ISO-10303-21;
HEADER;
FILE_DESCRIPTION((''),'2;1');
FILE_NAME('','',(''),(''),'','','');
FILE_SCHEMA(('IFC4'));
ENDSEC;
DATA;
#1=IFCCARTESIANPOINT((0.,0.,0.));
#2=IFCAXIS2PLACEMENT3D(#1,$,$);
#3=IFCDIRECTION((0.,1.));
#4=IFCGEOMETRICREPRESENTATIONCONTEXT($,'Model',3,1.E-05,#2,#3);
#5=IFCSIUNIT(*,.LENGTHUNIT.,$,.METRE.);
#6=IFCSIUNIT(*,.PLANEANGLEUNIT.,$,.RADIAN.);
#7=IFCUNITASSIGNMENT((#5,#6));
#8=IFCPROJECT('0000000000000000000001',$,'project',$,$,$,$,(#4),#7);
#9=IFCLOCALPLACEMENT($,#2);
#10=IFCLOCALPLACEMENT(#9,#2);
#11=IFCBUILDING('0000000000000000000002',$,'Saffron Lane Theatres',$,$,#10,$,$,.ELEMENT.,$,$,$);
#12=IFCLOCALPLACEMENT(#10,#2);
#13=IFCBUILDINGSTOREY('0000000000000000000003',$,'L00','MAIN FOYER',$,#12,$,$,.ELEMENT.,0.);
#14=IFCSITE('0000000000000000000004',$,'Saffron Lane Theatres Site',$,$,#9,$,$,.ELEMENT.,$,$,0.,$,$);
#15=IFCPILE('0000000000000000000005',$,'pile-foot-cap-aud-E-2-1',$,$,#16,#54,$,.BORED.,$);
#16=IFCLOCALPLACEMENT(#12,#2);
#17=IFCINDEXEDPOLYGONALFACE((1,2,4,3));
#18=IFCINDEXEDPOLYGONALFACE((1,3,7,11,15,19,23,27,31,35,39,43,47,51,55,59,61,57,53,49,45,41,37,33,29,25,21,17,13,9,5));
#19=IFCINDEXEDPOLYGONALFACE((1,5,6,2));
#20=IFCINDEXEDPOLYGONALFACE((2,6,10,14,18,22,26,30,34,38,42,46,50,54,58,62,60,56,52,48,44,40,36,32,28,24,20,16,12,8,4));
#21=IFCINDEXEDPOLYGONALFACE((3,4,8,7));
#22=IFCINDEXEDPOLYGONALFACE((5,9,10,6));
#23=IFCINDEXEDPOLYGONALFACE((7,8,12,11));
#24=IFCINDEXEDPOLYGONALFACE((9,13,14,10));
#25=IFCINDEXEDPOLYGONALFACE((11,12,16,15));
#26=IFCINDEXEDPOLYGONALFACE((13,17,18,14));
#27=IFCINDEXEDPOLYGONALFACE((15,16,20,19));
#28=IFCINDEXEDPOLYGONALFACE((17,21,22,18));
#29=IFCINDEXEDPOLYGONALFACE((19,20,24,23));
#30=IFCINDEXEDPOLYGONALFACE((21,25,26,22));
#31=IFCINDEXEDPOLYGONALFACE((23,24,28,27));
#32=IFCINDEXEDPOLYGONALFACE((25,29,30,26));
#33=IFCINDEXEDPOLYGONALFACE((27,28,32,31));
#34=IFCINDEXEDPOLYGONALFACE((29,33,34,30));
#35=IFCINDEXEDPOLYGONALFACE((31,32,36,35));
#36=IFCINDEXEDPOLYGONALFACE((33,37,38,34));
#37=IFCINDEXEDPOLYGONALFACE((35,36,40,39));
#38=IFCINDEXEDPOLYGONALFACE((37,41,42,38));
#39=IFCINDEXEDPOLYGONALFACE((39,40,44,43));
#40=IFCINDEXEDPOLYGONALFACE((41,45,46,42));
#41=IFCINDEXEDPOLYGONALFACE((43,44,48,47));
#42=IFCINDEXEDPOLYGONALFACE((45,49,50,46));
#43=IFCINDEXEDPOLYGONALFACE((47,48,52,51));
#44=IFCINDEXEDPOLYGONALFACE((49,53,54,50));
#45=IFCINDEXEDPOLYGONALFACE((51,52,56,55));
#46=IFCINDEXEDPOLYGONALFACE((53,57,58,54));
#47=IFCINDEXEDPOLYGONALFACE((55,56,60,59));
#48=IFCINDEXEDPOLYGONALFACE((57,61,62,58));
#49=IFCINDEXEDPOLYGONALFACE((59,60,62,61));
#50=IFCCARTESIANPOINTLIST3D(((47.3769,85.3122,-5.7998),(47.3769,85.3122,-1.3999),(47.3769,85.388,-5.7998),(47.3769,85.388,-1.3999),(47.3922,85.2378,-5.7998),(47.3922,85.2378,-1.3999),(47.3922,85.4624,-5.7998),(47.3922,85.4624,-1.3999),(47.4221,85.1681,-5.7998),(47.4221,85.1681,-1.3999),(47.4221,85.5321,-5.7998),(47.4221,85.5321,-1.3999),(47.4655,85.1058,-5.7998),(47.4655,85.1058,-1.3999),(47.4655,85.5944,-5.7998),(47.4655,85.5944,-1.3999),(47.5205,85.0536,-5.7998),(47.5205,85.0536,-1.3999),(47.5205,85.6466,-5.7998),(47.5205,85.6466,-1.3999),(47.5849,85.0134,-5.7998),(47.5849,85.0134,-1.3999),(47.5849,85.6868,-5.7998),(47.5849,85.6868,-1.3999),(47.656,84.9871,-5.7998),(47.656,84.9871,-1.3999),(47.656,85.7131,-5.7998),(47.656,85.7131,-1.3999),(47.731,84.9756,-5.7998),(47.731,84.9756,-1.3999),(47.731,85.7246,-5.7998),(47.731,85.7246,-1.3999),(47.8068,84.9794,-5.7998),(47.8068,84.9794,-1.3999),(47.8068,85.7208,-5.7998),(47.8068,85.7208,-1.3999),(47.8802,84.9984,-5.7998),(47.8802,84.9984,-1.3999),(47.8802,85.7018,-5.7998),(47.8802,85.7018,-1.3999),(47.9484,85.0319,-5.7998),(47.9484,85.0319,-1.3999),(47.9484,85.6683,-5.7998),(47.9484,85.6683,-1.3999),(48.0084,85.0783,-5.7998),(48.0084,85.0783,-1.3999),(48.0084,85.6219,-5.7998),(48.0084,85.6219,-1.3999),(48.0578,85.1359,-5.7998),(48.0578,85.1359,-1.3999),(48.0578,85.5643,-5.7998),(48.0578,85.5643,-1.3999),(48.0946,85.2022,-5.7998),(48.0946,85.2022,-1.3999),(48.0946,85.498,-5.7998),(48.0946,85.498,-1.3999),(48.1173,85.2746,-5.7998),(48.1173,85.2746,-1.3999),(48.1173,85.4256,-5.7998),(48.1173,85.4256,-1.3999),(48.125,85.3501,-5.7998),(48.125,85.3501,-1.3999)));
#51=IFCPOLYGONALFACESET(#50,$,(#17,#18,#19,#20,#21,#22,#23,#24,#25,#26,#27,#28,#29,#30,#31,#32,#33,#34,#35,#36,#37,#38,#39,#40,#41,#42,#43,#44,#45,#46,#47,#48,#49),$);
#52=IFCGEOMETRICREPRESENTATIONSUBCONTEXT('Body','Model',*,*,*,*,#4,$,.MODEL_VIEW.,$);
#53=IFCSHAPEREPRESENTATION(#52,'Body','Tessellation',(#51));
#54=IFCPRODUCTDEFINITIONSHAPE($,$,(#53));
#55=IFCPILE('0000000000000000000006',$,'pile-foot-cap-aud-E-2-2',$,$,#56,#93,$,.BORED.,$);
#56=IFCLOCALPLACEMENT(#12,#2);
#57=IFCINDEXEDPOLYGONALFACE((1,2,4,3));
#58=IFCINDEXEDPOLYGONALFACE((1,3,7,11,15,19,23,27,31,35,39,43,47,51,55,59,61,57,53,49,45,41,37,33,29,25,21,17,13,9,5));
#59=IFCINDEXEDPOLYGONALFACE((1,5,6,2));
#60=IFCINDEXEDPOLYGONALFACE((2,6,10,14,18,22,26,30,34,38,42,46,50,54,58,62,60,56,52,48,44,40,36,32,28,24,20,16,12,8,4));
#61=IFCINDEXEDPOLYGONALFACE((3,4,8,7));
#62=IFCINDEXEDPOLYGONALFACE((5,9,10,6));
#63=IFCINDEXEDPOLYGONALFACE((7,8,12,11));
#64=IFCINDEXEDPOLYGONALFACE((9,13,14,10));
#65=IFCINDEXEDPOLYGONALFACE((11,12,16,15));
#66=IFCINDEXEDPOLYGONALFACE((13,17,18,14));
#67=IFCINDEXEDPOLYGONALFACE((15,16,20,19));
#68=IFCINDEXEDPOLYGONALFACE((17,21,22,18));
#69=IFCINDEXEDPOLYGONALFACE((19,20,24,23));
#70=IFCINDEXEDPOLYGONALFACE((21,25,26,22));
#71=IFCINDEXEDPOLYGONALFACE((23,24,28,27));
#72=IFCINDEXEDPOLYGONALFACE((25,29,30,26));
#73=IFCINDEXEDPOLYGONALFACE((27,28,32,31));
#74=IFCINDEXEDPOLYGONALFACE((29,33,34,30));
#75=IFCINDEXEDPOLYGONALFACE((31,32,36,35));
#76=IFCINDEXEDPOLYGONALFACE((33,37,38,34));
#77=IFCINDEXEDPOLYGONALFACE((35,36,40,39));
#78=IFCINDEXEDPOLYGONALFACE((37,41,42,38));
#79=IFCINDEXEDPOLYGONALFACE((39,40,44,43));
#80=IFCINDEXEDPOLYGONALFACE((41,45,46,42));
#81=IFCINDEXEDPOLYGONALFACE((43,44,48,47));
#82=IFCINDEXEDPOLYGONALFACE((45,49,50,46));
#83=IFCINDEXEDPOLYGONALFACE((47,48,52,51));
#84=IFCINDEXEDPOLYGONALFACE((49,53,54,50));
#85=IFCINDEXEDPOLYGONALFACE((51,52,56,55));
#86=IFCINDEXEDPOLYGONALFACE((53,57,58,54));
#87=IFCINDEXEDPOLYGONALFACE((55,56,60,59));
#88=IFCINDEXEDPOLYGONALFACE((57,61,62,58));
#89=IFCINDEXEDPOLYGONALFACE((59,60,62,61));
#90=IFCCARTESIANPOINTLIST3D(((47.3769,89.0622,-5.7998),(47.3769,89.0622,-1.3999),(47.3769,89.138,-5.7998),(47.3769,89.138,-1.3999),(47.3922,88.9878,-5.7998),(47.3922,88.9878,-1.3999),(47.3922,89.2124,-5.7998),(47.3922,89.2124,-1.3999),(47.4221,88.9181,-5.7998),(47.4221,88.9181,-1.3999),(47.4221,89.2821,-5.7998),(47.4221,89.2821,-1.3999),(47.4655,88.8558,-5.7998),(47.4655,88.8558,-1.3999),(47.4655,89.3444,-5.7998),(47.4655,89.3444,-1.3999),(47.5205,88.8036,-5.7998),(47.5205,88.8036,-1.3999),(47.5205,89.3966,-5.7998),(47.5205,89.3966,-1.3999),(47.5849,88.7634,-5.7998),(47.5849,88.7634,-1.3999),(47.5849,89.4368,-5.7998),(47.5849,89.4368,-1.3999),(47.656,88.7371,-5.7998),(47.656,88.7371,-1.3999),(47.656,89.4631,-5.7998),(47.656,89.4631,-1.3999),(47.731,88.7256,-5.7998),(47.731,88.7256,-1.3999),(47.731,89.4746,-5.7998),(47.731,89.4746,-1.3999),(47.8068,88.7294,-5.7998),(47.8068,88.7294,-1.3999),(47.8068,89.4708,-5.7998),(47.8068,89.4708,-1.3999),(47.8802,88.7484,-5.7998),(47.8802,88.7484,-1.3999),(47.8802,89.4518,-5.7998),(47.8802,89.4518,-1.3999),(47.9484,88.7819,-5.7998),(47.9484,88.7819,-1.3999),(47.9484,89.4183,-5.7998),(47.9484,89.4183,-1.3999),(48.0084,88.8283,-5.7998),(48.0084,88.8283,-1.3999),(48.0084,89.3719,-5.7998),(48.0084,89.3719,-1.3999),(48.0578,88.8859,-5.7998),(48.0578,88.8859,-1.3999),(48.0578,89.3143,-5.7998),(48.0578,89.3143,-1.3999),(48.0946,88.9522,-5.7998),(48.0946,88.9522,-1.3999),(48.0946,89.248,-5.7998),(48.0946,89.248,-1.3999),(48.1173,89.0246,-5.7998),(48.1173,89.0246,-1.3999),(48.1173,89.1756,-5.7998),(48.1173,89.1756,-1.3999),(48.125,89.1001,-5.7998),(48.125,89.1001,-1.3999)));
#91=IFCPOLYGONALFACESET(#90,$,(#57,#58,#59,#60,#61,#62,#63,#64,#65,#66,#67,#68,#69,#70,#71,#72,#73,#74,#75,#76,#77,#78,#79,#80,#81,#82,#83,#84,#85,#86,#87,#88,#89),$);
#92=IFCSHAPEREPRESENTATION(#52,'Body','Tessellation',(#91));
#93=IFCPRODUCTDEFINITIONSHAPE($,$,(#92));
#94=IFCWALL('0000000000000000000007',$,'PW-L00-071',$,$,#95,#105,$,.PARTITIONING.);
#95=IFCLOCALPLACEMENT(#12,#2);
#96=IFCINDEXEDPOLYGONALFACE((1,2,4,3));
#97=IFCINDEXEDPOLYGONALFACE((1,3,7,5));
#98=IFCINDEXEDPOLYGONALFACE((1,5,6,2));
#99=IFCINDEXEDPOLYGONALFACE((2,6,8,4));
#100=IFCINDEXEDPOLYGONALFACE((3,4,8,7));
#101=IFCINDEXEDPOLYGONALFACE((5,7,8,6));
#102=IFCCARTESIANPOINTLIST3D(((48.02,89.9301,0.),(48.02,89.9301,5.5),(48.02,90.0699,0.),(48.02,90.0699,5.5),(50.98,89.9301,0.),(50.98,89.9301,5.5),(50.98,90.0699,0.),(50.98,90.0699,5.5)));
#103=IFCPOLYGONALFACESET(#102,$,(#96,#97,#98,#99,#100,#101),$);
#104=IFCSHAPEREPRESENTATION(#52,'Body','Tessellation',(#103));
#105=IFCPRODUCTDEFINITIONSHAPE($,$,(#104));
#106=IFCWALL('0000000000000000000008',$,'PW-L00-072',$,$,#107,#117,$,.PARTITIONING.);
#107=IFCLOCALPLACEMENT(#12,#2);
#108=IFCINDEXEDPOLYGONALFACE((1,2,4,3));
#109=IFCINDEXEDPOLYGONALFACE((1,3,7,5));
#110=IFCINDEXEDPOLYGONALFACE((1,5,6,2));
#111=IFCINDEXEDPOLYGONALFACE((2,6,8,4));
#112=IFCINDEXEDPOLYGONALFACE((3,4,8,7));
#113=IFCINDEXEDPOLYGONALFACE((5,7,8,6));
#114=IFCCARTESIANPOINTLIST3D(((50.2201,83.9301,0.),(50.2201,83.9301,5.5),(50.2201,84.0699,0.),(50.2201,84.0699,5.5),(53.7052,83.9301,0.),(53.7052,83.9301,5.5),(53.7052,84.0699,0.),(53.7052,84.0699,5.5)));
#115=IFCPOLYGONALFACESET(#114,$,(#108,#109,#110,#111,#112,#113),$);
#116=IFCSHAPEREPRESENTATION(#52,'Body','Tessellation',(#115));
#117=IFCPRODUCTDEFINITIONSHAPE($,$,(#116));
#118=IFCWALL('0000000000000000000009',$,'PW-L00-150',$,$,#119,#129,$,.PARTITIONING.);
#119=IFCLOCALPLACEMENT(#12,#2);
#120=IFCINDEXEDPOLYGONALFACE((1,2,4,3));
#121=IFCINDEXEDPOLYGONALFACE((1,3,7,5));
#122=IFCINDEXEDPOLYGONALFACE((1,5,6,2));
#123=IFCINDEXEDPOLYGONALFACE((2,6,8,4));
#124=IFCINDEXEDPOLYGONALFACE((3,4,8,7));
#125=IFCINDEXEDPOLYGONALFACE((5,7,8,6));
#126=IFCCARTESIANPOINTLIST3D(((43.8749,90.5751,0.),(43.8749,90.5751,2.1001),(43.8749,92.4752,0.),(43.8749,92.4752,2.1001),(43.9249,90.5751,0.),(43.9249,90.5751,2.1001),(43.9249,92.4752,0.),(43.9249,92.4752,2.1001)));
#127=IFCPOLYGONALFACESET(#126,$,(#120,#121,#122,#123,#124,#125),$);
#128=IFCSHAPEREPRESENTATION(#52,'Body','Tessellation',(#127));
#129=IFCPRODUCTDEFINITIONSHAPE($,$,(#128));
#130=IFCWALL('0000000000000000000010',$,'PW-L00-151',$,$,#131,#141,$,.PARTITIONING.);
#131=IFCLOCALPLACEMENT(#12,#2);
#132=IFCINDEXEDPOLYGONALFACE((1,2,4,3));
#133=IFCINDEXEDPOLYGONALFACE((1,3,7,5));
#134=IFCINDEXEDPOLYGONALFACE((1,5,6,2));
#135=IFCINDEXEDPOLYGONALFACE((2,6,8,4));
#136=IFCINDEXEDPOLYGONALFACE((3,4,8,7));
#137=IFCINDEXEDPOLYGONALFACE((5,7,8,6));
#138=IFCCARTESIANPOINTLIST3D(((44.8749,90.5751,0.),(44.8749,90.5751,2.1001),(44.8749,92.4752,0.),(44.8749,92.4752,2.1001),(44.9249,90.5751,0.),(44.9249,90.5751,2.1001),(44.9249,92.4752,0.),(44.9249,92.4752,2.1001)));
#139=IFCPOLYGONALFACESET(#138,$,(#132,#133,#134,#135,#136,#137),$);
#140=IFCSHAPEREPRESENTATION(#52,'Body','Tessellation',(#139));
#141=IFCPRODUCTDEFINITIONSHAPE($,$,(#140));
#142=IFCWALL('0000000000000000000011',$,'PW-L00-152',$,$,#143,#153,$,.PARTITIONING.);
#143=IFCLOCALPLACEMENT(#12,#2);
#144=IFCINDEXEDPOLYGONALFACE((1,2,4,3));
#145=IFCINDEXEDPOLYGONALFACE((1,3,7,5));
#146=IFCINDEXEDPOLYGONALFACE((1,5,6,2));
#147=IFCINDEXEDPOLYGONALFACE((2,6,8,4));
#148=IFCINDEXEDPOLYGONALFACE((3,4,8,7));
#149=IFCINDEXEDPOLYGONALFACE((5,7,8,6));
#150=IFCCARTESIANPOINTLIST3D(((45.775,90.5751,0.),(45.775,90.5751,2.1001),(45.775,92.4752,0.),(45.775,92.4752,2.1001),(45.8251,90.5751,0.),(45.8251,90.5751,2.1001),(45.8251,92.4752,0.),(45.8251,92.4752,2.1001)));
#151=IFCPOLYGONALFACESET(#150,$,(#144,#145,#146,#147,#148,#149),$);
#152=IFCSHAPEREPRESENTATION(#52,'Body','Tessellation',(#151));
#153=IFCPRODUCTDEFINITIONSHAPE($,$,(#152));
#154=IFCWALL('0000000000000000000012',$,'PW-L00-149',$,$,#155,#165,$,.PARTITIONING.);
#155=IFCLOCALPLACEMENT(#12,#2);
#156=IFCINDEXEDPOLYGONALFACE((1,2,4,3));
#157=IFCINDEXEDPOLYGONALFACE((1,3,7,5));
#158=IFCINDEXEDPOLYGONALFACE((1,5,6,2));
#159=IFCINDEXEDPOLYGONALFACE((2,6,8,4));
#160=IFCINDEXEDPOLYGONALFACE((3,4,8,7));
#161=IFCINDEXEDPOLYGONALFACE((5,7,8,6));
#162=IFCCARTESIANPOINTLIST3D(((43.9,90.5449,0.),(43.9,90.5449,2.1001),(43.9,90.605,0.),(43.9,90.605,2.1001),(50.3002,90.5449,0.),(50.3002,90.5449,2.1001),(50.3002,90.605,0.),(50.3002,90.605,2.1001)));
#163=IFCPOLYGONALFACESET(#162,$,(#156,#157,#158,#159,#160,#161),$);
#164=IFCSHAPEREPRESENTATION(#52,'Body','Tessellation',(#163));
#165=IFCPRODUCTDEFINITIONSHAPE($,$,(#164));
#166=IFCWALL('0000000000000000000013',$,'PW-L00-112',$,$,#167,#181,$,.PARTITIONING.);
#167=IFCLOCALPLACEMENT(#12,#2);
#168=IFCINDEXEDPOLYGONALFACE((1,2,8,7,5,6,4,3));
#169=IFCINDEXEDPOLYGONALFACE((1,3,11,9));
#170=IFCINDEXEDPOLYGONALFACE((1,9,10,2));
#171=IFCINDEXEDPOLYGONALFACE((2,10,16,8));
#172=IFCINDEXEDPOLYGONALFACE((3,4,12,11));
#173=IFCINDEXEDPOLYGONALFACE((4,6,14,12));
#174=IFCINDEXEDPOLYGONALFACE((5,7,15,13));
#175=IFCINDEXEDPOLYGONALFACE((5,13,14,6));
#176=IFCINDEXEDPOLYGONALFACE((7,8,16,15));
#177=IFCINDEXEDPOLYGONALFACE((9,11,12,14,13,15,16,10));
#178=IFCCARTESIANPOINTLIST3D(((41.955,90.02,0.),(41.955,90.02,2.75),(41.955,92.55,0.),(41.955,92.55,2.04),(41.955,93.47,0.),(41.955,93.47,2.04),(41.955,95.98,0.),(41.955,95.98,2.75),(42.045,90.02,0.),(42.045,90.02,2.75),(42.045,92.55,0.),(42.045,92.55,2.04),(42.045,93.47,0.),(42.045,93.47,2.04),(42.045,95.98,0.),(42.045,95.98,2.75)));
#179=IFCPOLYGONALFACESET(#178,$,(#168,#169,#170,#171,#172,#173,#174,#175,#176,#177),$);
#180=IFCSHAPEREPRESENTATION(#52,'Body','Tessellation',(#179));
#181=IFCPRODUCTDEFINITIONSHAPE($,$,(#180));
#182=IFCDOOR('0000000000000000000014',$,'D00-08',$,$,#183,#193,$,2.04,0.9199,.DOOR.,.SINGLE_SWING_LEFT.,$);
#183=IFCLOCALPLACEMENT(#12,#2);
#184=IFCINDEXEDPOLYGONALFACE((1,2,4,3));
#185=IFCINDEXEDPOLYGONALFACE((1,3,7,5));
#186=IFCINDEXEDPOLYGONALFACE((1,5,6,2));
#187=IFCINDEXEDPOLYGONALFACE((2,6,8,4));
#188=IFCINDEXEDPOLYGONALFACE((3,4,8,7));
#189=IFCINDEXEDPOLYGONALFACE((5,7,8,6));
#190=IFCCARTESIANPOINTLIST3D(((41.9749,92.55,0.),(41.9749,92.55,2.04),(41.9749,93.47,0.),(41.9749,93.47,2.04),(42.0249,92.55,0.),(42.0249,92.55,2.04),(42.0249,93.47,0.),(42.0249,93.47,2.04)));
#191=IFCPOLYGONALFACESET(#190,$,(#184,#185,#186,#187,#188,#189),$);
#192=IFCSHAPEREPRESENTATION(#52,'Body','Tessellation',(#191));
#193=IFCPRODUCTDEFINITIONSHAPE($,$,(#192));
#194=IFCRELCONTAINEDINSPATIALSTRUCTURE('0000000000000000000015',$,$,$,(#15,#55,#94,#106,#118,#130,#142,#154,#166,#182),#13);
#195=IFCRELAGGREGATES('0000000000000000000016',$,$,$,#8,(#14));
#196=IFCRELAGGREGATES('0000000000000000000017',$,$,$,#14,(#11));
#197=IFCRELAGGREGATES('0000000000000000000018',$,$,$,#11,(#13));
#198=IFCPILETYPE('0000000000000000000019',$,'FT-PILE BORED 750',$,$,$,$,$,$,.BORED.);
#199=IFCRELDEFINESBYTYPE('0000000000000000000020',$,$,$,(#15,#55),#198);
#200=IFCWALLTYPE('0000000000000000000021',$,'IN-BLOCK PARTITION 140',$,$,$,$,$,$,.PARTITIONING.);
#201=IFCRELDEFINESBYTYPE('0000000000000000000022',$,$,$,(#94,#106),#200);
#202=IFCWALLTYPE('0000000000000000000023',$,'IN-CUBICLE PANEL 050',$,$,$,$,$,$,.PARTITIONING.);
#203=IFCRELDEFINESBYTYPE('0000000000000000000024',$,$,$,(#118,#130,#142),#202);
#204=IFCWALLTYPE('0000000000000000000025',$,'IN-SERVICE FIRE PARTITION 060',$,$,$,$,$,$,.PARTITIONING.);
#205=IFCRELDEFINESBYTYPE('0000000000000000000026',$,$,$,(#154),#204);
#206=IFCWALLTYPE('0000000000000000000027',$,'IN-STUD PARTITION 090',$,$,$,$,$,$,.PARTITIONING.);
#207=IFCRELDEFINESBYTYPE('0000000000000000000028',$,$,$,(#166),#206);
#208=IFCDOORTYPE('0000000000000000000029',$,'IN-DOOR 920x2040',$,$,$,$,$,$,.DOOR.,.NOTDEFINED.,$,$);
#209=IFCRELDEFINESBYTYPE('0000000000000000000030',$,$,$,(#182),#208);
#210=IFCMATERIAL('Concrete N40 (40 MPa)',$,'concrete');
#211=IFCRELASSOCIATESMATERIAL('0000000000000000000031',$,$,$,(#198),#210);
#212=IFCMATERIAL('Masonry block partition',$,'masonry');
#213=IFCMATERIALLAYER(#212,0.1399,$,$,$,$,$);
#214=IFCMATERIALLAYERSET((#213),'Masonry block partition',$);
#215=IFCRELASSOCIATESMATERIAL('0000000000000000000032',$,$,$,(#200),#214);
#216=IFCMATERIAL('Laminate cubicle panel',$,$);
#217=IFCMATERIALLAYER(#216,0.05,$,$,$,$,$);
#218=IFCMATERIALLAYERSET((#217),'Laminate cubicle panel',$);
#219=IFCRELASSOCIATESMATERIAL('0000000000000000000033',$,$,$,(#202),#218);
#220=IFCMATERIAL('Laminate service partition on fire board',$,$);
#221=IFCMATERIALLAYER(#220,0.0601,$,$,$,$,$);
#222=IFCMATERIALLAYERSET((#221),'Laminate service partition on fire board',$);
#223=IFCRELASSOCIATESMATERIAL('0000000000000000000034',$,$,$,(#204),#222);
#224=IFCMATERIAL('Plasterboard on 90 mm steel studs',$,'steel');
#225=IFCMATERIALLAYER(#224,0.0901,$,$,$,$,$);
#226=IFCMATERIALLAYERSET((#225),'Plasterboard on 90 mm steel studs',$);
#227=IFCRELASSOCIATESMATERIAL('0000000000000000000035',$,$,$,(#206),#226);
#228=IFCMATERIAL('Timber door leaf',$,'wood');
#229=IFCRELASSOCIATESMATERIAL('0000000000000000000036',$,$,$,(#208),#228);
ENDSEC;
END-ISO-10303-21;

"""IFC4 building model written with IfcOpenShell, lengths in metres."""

from ifc_helpers import new_model, si_unit, direction, frame, frame_2d, origin, origin_2d, place, context, subcontext, project, spatial, rectangle, circle, extrude, material, layer, layer_set, material_profile, profile_set, type_object, element, fill, save


model = new_model("IFC4")

# Units and contexts
model_context = context("Model", 3, precision=1e-05, world=origin(), true_north=direction((0.0, 1.0)))
body_context = subcontext(model_context, "Body", "Model", "MODEL_VIEW")
ifc_project = project(units=[si_unit("LENGTHUNIT", "METRE"), si_unit("PLANEANGLEUNIT", "RADIAN")], contexts=[model_context])

# Site, building, storey
site_placement = place(None, origin())
site = spatial("IfcSite", under=ifc_project, at=site_placement, Name="Saffron Lane Theatres Site", CompositionType="ELEMENT", RefElevation=0.0)
building_placement = place(site_placement, origin())
building = spatial("IfcBuilding", under=site, at=building_placement, Name="Saffron Lane Theatres", CompositionType="ELEMENT")
storey_placement = place(building_placement, origin())
storey = spatial("IfcBuildingStorey", under=building, at=storey_placement, Name="L00", Description="MAIN FOYER", CompositionType="ELEMENT", Elevation=0.0)

# Piles
ifc_material_1 = material(Name="Concrete N40 (40 MPa)", Category="concrete")
ifc_material_profile = material_profile(ifc_material_1, circle(Radius=0.375, at=origin_2d()))
ifc_profile_set = profile_set([ifc_material_profile], Name="Concrete N40 (40 MPa)")
pile_type = type_object("IfcPileType", Name="FT-PILE BORED 750", PredefinedType="BORED", material=ifc_profile_set)
for number, where, z_axis, x_axis, name in (
    (1, (47.75, 85.3501, -1.3999), (0.0, 0.0, -1.0), (1.0, 0.0, 0.0), "pile-foot-cap-aud-E-2-1"),
    (2, (47.75, 89.1001, -1.3999), (0.0, 0.0, -1.0), (1.0, 0.0, 0.0), "pile-foot-cap-aud-E-2-2"),
):
    element("IfcPile", number, at=place(storey_placement, frame(where, z_axis=z_axis, x_axis=x_axis)), inside=storey, type_object=pile_type, Name=name, PredefinedType="BORED", context=body_context, shape_type="SweptSolid", body=[
        extrude(circle(Radius=0.375, at=origin_2d()), origin(), (0.0, 0.0, 1.0), 4.3999),
    ])

# Walls
ifc_material_2 = material(Name="Masonry block partition", Category="masonry")
ifc_layer_1 = layer(ifc_material_2, 0.1399)
ifc_layer_set_1 = layer_set([ifc_layer_1], Name="Masonry block partition")
wall_type_1 = type_object("IfcWallType", Name="IN-BLOCK PARTITION 140", PredefinedType="PARTITIONING", material=ifc_layer_set_1)
wall_1_placement = place(storey_placement, frame((48.02, 90.0, 0.0), z_axis=(0.0, 0.0, 1.0), x_axis=(1.0, 0.0, 0.0)))
element("IfcWall", 3, at=wall_1_placement, inside=storey, type_object=wall_type_1, Name="PW-L00-071", PredefinedType="PARTITIONING", context=body_context, shape_type="SweptSolid", body=[
    extrude(rectangle(XDim=2.96, YDim=0.1399, at=frame_2d((1.48, 0.0))), origin(), (0.0, 0.0, 1.0), 5.5),
])
wall_2_placement = place(storey_placement, frame((50.22, 84.0, 0.0), z_axis=(0.0, 0.0, 1.0), x_axis=(1.0, 0.0, 0.0)))
element("IfcWall", 4, at=wall_2_placement, inside=storey, type_object=wall_type_1, Name="PW-L00-072", PredefinedType="PARTITIONING", context=body_context, shape_type="SweptSolid", body=[
    extrude(rectangle(XDim=3.4851, YDim=0.1399, at=frame_2d((1.7427, 0.0))), origin(), (0.0, 0.0, 1.0), 5.5),
])
ifc_material_3 = material(Name="Laminate cubicle panel")
ifc_layer_2 = layer(ifc_material_3, 0.05)
ifc_layer_set_2 = layer_set([ifc_layer_2], Name="Laminate cubicle panel")
wall_type_2 = type_object("IfcWallType", Name="IN-CUBICLE PANEL 050", PredefinedType="PARTITIONING", material=ifc_layer_set_2)
for number, where, z_axis, x_axis, name in (
    (5, (43.8999, 90.575, 0.0), (0.0, 0.0, 1.0), (0.0, 1.0, 0.0), "PW-L00-150"),
    (6, (44.8999, 90.575, 0.0), (0.0, 0.0, 1.0), (0.0, 1.0, 0.0), "PW-L00-151"),
    (7, (45.8, 90.575, 0.0), (0.0, 0.0, 1.0), (0.0, 1.0, 0.0), "PW-L00-152"),
):
    element("IfcWall", number, at=place(storey_placement, frame(where, z_axis=z_axis, x_axis=x_axis)), inside=storey, type_object=wall_type_2, Name=name, PredefinedType="PARTITIONING", context=body_context, shape_type="SweptSolid", body=[
        extrude(rectangle(XDim=1.9001, YDim=0.05, at=frame_2d((0.9502, 0.0))), origin(), (0.0, 0.0, 1.0), 2.1001),
    ])
ifc_material_4 = material(Name="Laminate service partition on fire board")
ifc_layer_3 = layer(ifc_material_4, 0.0601)
ifc_layer_set_3 = layer_set([ifc_layer_3], Name="Laminate service partition on fire board")
wall_type_3 = type_object("IfcWallType", Name="IN-SERVICE FIRE PARTITION 060", PredefinedType="PARTITIONING", material=ifc_layer_set_3)
wall_3_placement = place(storey_placement, frame((43.8999, 90.575, 0.0), z_axis=(0.0, 0.0, 1.0), x_axis=(1.0, 0.0, 0.0)))
element("IfcWall", 8, at=wall_3_placement, inside=storey, type_object=wall_type_3, Name="PW-L00-149", PredefinedType="PARTITIONING", context=body_context, shape_type="SweptSolid", body=[
    extrude(rectangle(XDim=6.4001, YDim=0.0601, at=frame_2d((3.2002, 0.0))), origin(), (0.0, 0.0, 1.0), 2.1001),
])

# Wall, opening, door
ifc_material_5 = material(Name="Plasterboard on 90 mm steel studs", Category="steel")
ifc_layer_4 = layer(ifc_material_5, 0.0901)
ifc_layer_set_4 = layer_set([ifc_layer_4], Name="Plasterboard on 90 mm steel studs")
wall_type_4 = type_object("IfcWallType", Name="IN-STUD PARTITION 090", PredefinedType="PARTITIONING", material=ifc_layer_set_4)
wall_4_placement = place(storey_placement, frame((42.0, 90.02, 0.0), z_axis=(0.0, 0.0, 1.0), x_axis=(0.0, 1.0, 0.0)))
wall_4 = element("IfcWall", 9, at=wall_4_placement, inside=storey, type_object=wall_type_4, Name="PW-L00-112", PredefinedType="PARTITIONING", context=body_context, shape_type="SweptSolid", body=[
    extrude(rectangle(XDim=5.96, YDim=0.0901, at=frame_2d((2.98, 0.0))), origin(), (0.0, 0.0, 1.0), 2.75),
])
opening_placement = place(wall_4_placement, frame((2.53, 0.0, 0.0)))
opening = element("IfcOpeningElement", 10, at=opening_placement, cuts=wall_4, PredefinedType="OPENING", context=body_context, shape_type="SweptSolid", body=[
    extrude(rectangle(XDim=0.9199, YDim=2.04, at=frame_2d((0.46, 1.02))), frame((0.0, 0.0552, 0.0), z_axis=(0.0, -1.0, 0.0), x_axis=(1.0, 0.0, 0.0)), (0.0, 0.0, 1.0), 0.1101),
])
ifc_material_6 = material(Name="Timber door leaf", Category="wood")
door_type = type_object("IfcDoorType", Name="IN-DOOR 920x2040", OperationType="NOTDEFINED", PredefinedType="DOOR", material=ifc_material_6)
door_placement = place(opening_placement, frame((0.9199, 0.0, 0.0), z_axis=(0.0, 0.0, 1.0), x_axis=(-1.0, 0.0, 0.0)))
door = element("IfcDoor", 11, at=door_placement, inside=storey, type_object=door_type, Name="D00-08", OperationType="SINGLE_SWING_LEFT", OverallHeight=2.04, OverallWidth=0.9199, PredefinedType="DOOR", context=body_context, shape_type="SweptSolid", body=[
    extrude(rectangle(XDim=0.9199, YDim=2.04, at=frame_2d((0.46, 1.02))), frame((0.0, 0.0249, 0.0), z_axis=(0.0, -1.0, 0.0), x_axis=(1.0, 0.0, 0.0)), (0.0, 0.0, 1.0), 0.05),
])
fill(opening, door)

save(model, "model.ifc")
